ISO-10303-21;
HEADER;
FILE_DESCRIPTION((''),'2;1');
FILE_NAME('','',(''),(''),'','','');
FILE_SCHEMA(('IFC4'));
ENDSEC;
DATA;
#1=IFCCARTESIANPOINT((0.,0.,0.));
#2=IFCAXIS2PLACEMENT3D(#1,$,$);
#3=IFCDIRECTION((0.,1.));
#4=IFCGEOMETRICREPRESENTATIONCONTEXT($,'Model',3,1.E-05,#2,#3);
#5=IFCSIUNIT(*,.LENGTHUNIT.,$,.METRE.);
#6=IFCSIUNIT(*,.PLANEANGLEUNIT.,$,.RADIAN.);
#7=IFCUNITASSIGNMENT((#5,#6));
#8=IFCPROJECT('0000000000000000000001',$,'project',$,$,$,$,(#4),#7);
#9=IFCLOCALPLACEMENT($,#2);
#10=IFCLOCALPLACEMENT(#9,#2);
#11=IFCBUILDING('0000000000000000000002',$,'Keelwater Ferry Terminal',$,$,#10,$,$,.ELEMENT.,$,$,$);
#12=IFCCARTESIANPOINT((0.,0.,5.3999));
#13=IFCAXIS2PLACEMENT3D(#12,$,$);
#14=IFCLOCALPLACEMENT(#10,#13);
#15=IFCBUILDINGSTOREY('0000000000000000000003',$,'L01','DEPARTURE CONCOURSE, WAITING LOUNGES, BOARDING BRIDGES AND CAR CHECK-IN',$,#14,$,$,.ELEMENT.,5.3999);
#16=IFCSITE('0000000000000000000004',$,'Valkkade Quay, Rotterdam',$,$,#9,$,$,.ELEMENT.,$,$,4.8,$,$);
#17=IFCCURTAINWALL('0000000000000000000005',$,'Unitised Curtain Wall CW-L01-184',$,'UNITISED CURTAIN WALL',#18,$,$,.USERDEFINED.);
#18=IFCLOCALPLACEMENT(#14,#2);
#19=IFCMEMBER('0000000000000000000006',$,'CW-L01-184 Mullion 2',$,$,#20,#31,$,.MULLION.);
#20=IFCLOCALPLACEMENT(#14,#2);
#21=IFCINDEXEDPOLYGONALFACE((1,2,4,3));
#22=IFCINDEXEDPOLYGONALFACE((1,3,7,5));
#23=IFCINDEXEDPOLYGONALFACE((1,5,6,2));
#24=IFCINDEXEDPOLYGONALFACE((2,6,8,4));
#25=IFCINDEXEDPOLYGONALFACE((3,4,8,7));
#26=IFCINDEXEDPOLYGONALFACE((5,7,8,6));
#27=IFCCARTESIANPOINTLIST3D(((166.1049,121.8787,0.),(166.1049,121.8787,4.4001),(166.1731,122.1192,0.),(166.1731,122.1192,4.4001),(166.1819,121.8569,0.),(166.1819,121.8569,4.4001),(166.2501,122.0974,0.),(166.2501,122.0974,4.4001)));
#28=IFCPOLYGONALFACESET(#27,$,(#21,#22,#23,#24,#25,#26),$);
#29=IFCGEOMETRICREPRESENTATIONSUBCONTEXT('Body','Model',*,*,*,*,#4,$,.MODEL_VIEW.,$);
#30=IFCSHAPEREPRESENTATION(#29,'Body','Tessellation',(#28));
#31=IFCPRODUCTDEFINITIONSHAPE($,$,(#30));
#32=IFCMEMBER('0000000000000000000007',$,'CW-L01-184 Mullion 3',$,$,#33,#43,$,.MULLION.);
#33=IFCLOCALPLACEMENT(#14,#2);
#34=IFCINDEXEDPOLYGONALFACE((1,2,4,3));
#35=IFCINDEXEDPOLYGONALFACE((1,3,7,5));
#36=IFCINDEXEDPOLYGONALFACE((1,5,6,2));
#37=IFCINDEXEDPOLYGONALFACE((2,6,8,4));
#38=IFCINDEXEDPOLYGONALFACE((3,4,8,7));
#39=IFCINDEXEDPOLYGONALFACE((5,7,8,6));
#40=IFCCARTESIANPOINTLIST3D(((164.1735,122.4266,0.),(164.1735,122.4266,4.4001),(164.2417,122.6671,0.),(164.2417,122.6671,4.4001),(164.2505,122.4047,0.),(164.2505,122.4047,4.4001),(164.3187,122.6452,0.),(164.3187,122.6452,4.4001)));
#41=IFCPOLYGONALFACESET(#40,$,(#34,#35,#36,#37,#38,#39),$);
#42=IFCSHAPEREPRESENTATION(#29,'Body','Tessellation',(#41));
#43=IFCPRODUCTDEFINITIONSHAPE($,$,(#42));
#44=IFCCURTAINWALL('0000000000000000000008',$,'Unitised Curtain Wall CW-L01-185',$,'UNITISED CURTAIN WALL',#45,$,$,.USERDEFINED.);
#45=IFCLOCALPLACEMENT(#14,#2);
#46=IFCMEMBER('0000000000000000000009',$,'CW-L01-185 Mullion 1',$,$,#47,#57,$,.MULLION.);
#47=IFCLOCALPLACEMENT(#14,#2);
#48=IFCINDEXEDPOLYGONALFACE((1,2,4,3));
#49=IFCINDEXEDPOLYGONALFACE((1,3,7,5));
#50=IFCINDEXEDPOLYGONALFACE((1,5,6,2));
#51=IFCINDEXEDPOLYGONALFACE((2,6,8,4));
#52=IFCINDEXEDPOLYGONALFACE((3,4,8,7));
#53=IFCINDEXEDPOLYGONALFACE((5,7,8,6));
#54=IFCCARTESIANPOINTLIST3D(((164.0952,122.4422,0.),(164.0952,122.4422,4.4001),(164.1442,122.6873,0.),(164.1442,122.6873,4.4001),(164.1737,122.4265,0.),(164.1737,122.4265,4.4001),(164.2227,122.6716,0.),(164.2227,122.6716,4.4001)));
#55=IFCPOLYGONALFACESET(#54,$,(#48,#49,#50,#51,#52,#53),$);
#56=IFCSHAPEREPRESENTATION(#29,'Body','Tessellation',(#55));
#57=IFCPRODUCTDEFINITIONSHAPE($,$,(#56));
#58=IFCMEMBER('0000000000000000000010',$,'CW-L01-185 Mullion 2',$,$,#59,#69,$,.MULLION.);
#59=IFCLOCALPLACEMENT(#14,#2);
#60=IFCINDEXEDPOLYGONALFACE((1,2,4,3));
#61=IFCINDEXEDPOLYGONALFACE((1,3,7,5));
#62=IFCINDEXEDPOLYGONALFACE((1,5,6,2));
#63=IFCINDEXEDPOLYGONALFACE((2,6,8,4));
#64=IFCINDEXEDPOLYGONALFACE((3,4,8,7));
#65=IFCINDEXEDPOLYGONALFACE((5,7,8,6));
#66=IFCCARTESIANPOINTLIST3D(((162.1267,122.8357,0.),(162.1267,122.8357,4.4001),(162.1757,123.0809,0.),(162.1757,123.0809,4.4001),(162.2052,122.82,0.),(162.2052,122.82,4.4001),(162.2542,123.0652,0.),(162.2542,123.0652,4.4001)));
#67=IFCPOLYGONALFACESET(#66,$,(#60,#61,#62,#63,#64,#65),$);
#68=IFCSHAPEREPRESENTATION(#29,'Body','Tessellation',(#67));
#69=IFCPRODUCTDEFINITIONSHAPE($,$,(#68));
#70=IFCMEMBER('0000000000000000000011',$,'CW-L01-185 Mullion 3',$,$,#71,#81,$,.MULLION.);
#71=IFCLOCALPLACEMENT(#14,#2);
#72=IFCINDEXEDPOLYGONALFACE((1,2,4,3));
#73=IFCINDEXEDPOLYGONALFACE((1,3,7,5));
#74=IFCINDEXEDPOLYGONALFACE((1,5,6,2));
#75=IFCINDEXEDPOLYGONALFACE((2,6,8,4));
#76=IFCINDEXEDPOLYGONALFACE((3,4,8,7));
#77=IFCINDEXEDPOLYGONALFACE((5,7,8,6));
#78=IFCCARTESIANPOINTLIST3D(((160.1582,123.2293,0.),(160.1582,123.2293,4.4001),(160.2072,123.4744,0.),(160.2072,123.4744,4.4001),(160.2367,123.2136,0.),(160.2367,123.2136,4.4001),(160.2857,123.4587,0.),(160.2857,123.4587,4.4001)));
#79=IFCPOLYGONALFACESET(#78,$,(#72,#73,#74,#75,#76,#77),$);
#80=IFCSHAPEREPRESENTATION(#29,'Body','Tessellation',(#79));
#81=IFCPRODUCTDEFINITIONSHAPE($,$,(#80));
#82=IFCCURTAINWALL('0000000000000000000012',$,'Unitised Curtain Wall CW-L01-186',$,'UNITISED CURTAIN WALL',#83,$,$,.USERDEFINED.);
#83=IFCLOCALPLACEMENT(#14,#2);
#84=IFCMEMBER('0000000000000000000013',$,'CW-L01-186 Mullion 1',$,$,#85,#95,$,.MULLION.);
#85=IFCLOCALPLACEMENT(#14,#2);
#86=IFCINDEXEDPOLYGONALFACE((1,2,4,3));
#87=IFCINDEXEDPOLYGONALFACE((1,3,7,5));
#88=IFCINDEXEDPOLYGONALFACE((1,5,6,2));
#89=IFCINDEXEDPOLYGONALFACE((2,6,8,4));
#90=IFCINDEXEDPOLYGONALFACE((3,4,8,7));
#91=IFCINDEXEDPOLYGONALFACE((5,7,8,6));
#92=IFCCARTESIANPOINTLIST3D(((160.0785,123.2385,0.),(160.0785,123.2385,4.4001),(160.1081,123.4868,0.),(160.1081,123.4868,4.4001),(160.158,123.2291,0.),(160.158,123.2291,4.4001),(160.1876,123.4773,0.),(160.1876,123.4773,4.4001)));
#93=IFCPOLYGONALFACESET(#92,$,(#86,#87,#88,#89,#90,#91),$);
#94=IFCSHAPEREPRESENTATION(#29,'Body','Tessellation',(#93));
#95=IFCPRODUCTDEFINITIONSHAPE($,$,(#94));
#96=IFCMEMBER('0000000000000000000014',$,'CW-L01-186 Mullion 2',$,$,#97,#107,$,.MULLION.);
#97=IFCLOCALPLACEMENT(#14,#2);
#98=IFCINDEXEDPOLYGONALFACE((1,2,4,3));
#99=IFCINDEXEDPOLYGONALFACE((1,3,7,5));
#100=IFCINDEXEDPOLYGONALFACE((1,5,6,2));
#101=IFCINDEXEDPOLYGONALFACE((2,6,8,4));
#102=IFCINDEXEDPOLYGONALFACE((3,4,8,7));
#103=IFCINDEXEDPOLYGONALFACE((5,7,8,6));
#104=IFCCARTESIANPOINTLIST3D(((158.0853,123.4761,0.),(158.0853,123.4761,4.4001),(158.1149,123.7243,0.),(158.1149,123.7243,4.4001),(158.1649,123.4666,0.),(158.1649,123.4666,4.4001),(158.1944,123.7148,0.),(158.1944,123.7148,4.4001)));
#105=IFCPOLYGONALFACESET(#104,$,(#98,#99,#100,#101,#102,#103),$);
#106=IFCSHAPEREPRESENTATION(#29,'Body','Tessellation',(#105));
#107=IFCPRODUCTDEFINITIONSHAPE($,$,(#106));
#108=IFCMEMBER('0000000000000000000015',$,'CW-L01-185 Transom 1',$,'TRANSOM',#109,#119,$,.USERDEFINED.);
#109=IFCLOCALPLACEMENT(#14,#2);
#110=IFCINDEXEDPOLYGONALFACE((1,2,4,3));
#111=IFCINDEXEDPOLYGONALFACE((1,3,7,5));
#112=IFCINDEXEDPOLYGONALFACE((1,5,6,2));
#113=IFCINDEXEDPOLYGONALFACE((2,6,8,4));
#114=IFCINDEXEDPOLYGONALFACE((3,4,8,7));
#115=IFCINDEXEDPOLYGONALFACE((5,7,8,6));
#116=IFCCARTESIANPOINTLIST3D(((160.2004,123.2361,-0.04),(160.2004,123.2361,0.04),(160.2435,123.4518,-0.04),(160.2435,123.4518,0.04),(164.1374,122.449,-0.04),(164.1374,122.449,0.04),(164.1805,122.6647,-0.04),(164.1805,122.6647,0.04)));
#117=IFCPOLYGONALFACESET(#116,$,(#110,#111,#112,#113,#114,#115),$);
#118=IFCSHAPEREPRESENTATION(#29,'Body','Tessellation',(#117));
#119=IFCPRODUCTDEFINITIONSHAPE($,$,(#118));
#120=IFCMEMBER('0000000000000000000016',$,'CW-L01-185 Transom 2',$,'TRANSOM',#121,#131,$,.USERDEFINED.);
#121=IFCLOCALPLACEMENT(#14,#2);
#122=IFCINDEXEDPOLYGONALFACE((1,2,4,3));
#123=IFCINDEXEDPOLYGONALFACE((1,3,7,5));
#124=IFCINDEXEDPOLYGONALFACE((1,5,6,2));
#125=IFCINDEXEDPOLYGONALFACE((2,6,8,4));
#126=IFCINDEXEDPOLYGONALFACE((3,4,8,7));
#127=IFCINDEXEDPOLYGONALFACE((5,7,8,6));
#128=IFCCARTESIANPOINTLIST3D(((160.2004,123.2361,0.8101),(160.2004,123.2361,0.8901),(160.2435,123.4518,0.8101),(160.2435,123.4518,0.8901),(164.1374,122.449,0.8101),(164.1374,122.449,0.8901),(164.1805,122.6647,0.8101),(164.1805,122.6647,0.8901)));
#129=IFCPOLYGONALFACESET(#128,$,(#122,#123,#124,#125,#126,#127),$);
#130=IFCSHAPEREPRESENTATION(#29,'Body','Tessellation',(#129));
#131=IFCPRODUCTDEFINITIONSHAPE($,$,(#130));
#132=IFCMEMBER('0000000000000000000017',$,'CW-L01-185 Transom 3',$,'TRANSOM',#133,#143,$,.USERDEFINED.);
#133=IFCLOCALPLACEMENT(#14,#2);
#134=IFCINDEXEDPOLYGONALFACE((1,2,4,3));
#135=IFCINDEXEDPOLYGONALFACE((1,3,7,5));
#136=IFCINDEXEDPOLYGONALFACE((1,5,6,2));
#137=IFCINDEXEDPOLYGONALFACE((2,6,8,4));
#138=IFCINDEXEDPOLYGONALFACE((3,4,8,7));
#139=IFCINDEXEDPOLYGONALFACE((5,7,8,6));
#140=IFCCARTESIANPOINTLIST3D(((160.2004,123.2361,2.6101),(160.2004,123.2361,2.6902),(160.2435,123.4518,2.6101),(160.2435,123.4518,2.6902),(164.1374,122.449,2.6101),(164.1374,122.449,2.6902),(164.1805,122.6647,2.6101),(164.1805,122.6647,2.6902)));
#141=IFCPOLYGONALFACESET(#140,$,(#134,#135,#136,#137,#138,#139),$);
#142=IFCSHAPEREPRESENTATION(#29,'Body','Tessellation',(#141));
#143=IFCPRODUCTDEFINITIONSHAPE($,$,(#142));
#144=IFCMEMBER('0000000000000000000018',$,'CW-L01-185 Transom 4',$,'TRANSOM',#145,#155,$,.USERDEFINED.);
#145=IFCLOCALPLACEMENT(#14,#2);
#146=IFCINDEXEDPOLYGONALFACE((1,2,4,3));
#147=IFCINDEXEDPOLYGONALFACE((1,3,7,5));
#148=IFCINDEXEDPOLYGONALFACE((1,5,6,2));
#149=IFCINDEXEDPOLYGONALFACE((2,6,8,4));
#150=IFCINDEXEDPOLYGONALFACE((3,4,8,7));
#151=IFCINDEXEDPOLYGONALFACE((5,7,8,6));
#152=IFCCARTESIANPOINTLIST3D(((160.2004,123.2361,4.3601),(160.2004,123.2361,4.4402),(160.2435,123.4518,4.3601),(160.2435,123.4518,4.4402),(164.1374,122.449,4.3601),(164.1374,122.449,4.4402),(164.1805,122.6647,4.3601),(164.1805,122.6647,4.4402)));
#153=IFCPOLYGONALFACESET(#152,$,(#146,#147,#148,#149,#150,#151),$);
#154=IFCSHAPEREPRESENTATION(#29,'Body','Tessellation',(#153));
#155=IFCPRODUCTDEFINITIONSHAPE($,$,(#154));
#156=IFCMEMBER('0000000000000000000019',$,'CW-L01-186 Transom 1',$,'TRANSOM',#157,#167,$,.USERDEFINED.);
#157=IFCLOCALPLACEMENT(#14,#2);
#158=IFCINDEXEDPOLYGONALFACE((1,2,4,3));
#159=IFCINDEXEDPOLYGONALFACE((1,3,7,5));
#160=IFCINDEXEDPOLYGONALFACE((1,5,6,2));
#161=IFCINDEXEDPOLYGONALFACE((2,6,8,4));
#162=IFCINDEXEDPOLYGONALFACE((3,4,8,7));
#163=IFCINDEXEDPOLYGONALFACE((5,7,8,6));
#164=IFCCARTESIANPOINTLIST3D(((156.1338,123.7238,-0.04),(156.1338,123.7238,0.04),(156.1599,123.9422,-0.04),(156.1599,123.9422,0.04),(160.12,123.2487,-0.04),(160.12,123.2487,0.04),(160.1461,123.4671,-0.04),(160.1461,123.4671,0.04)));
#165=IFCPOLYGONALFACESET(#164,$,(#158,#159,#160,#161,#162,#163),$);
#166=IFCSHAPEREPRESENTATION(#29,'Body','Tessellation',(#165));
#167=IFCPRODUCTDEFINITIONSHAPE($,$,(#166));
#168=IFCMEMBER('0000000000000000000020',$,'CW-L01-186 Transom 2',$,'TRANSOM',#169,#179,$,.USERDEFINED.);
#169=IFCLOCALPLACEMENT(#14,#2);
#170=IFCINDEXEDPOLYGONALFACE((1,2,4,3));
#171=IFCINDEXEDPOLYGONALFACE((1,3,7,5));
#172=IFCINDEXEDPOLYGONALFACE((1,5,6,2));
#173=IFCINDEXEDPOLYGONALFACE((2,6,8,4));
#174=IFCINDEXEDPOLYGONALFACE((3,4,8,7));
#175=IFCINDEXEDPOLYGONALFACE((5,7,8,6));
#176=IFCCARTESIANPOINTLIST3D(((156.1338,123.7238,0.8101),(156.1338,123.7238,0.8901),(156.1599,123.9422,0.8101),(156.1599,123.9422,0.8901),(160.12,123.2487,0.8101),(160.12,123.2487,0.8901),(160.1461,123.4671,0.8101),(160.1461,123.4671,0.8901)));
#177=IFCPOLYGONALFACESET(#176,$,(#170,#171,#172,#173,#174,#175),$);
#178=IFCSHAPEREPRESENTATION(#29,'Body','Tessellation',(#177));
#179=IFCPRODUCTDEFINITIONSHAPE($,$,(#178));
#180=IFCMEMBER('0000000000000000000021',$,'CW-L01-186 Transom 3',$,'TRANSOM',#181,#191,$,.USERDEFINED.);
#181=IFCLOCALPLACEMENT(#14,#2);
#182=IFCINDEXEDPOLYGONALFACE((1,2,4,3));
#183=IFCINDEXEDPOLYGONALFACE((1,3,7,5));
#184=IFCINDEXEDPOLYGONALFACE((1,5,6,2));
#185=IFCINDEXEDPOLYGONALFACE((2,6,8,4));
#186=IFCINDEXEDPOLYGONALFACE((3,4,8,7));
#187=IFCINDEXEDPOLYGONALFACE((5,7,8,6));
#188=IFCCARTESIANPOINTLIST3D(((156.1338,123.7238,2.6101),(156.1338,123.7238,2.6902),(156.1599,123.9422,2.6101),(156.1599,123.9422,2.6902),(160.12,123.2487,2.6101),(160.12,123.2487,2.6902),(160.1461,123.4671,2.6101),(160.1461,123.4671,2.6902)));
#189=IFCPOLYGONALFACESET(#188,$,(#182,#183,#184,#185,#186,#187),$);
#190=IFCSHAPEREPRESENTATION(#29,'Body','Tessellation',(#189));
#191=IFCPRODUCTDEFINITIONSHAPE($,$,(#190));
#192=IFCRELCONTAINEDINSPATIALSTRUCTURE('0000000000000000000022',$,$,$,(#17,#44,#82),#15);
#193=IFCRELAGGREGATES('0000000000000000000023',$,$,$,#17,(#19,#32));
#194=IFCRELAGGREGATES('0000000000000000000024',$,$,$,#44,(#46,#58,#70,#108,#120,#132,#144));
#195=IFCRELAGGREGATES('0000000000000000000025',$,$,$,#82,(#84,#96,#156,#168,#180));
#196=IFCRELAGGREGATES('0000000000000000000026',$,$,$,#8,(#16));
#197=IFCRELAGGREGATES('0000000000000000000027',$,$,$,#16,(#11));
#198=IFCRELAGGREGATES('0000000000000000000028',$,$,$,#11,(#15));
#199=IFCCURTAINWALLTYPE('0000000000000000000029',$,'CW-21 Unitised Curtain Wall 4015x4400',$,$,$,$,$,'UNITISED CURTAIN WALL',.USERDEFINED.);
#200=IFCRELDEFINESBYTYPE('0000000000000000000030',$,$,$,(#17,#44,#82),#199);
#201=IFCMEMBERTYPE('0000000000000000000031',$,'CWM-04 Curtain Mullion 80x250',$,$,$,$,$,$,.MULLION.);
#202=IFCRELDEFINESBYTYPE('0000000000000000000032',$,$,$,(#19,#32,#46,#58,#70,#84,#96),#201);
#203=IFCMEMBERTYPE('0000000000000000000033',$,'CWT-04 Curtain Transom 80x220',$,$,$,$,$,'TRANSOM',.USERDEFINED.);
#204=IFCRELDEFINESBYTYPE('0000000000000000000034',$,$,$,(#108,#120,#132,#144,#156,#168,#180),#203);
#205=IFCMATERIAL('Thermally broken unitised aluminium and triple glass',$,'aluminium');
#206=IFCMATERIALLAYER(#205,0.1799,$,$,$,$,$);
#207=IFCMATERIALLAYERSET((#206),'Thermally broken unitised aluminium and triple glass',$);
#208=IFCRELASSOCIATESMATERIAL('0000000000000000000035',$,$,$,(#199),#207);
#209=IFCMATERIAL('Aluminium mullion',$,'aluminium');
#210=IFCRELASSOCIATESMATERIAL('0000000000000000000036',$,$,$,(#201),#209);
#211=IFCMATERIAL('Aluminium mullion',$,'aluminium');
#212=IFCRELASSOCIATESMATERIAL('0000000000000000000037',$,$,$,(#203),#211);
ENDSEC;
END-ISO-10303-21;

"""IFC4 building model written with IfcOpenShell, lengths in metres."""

from ifc_helpers import new_model, si_unit, direction, frame, origin, origin_2d, place, context, subcontext, project, spatial, rectangle, extrude, material, layer, layer_set, material_profile, profile_set, type_object, element, aggregate, save


model = new_model("IFC4")

# Units and contexts
model_context = context("Model", 3, precision=1e-05, world=origin(), true_north=direction((0.0, 1.0)))
body_context = subcontext(model_context, "Body", "Model", "MODEL_VIEW")
ifc_project = project(units=[si_unit("LENGTHUNIT", "METRE"), si_unit("PLANEANGLEUNIT", "RADIAN")], contexts=[model_context])

# Site, building, storey
site_placement = place(None, origin())
site = spatial("IfcSite", under=ifc_project, at=site_placement, Name="Valkkade Quay, Rotterdam", CompositionType="ELEMENT", RefElevation=4.8)
building_placement = place(site_placement, origin())
building = spatial("IfcBuilding", under=site, at=building_placement, Name="Keelwater Ferry Terminal", CompositionType="ELEMENT")
storey_placement = place(building_placement, frame((0.0, 0.0, 5.3999)))
storey = spatial("IfcBuildingStorey", under=building, at=storey_placement, Name="L01", Description="DEPARTURE CONCOURSE, WAITING LOUNGES, BOARDING BRIDGES AND CAR CHECK-IN", CompositionType="ELEMENT", Elevation=5.3999)

# Curtain walls, members
ifc_material_1 = material(Name="Thermally broken unitised aluminium and triple glass", Category="aluminium")
ifc_layer_1 = layer(ifc_material_1, 0.1799)
ifc_layer_set_1 = layer_set([ifc_layer_1], Name="Thermally broken unitised aluminium and triple glass")
curtain_wall_type = type_object("IfcCurtainWallType", Name="CW-21 Unitised Curtain Wall 4015x4400", ElementType="UNITISED CURTAIN WALL", PredefinedType="USERDEFINED", material=ifc_layer_set_1)
curtain_wall_1_placement = place(storey_placement, origin())
curtain_wall_1 = element("IfcCurtainWall", 1, at=curtain_wall_1_placement, inside=storey, type_object=curtain_wall_type, Name="Unitised Curtain Wall CW-L01-184", ObjectType="UNITISED CURTAIN WALL", PredefinedType="USERDEFINED")
ifc_material_2 = material(Name="Aluminium mullion", Category="aluminium")
ifc_material_profile_1 = material_profile(ifc_material_2, rectangle(XDim=0.0801, YDim=0.25, at=origin_2d()), Name="CWM-04")
ifc_profile_set_1 = profile_set([ifc_material_profile_1], Name="Aluminium mullion")
member_type_1 = type_object("IfcMemberType", Name="CWM-04 Curtain Mullion 80x250", PredefinedType="MULLION", material=ifc_profile_set_1)
member_1_placement = place(storey_placement, frame((166.1775, 121.988, 0.0), z_axis=(0.0, 0.0, 1.0), x_axis=(-0.96203, 0.272945, 0.0)))
member_1 = element("IfcMember", 2, at=member_1_placement, type_object=member_type_1, Name="CW-L01-184 Mullion 2", PredefinedType="MULLION", context=body_context, shape_type="SweptSolid", body=[
    extrude(rectangle(XDim=0.0801, YDim=0.25, at=origin_2d()), origin(), (0.0, 0.0, 1.0), 4.4001),
])
member_2_placement = place(storey_placement, frame((164.2461, 122.5359, 0.0), z_axis=(0.0, 0.0, 1.0), x_axis=(-0.96203, 0.272945, 0.0)))
member_2 = element("IfcMember", 3, at=member_2_placement, type_object=member_type_1, Name="CW-L01-184 Mullion 3", PredefinedType="MULLION", context=body_context, shape_type="SweptSolid", body=[
    extrude(rectangle(XDim=0.0801, YDim=0.25, at=origin_2d()), origin(), (0.0, 0.0, 1.0), 4.4001),
])
curtain_wall_2_placement = place(storey_placement, origin())
curtain_wall_2 = element("IfcCurtainWall", 4, at=curtain_wall_2_placement, inside=storey, type_object=curtain_wall_type, Name="Unitised Curtain Wall CW-L01-185", ObjectType="UNITISED CURTAIN WALL", PredefinedType="USERDEFINED")
member_3_placement = place(storey_placement, frame((164.1589, 122.5569, 0.0), z_axis=(0.0, 0.0, 1.0), x_axis=(-0.9806, 0.19602, 0.0)))
member_3 = element("IfcMember", 5, at=member_3_placement, type_object=member_type_1, Name="CW-L01-185 Mullion 1", PredefinedType="MULLION", context=body_context, shape_type="SweptSolid", body=[
    extrude(rectangle(XDim=0.0801, YDim=0.25, at=origin_2d()), origin(), (0.0, 0.0, 1.0), 4.4001),
])
member_4_placement = place(storey_placement, frame((162.1904, 122.9504, 0.0), z_axis=(0.0, 0.0, 1.0), x_axis=(-0.9806, 0.19602, 0.0)))
member_4 = element("IfcMember", 6, at=member_4_placement, type_object=member_type_1, Name="CW-L01-185 Mullion 2", PredefinedType="MULLION", context=body_context, shape_type="SweptSolid", body=[
    extrude(rectangle(XDim=0.0801, YDim=0.25, at=origin_2d()), origin(), (0.0, 0.0, 1.0), 4.4001),
])
member_5_placement = place(storey_placement, frame((160.2219, 123.344, 0.0), z_axis=(0.0, 0.0, 1.0), x_axis=(-0.9806, 0.19602, 0.0)))
member_5 = element("IfcMember", 7, at=member_5_placement, type_object=member_type_1, Name="CW-L01-185 Mullion 3", PredefinedType="MULLION", context=body_context, shape_type="SweptSolid", body=[
    extrude(rectangle(XDim=0.0801, YDim=0.25, at=origin_2d()), origin(), (0.0, 0.0, 1.0), 4.4001),
])
curtain_wall_3_placement = place(storey_placement, origin())
curtain_wall_3 = element("IfcCurtainWall", 8, at=curtain_wall_3_placement, inside=storey, type_object=curtain_wall_type, Name="Unitised Curtain Wall CW-L01-186", ObjectType="UNITISED CURTAIN WALL", PredefinedType="USERDEFINED")
member_6_placement = place(storey_placement, frame((160.1331, 123.3579, 0.0), z_axis=(0.0, 0.0, 1.0), x_axis=(-0.992974, 0.11833, 0.0)))
member_6 = element("IfcMember", 9, at=member_6_placement, type_object=member_type_1, Name="CW-L01-186 Mullion 1", PredefinedType="MULLION", context=body_context, shape_type="SweptSolid", body=[
    extrude(rectangle(XDim=0.0801, YDim=0.25, at=origin_2d()), origin(), (0.0, 0.0, 1.0), 4.4001),
])
member_7_placement = place(storey_placement, frame((158.1399, 123.5955, 0.0), z_axis=(0.0, 0.0, 1.0), x_axis=(-0.992974, 0.11833, 0.0)))
member_7 = element("IfcMember", 10, at=member_7_placement, type_object=member_type_1, Name="CW-L01-186 Mullion 2", PredefinedType="MULLION", context=body_context, shape_type="SweptSolid", body=[
    extrude(rectangle(XDim=0.0801, YDim=0.25, at=origin_2d()), origin(), (0.0, 0.0, 1.0), 4.4001),
])

# Members
ifc_material_3 = material(Name="Aluminium mullion", Category="aluminium")
ifc_material_profile_2 = material_profile(ifc_material_3, rectangle(XDim=0.22, YDim=0.0801, at=origin_2d()), Name="CWT-04")
ifc_profile_set_2 = profile_set([ifc_material_profile_2], Name="Aluminium mullion")
member_type_2 = type_object("IfcMemberType", Name="CWT-04 Curtain Transom 80x220", ElementType="TRANSOM", PredefinedType="USERDEFINED", material=ifc_profile_set_2)
member_8_placement = place(storey_placement, frame((164.1589, 122.5569, 0.0), z_axis=(-0.980595, 0.196046, 0.0), x_axis=(-0.196046, -0.980595, 0.0)))
member_8 = element("IfcMember", 11, at=member_8_placement, type_object=member_type_2, Name="CW-L01-185 Transom 1", ObjectType="TRANSOM", PredefinedType="USERDEFINED", context=body_context, shape_type="SweptSolid", body=[
    extrude(rectangle(XDim=0.22, YDim=0.0801, at=origin_2d()), origin(), (0.0, 0.0, 1.0), 4.0149),
])
member_9_placement = place(storey_placement, frame((164.1589, 122.5569, 0.8501), z_axis=(-0.980595, 0.196046, 0.0), x_axis=(-0.196046, -0.980595, 0.0)))
member_9 = element("IfcMember", 12, at=member_9_placement, type_object=member_type_2, Name="CW-L01-185 Transom 2", ObjectType="TRANSOM", PredefinedType="USERDEFINED", context=body_context, shape_type="SweptSolid", body=[
    extrude(rectangle(XDim=0.22, YDim=0.0801, at=origin_2d()), origin(), (0.0, 0.0, 1.0), 4.0149),
])
member_10_placement = place(storey_placement, frame((164.1589, 122.5569, 2.6501), z_axis=(-0.980595, 0.196046, 0.0), x_axis=(-0.196046, -0.980595, 0.0)))
member_10 = element("IfcMember", 13, at=member_10_placement, type_object=member_type_2, Name="CW-L01-185 Transom 3", ObjectType="TRANSOM", PredefinedType="USERDEFINED", context=body_context, shape_type="SweptSolid", body=[
    extrude(rectangle(XDim=0.22, YDim=0.0801, at=origin_2d()), origin(), (0.0, 0.0, 1.0), 4.0149),
])
member_11_placement = place(storey_placement, frame((164.1589, 122.5569, 4.4001), z_axis=(-0.980595, 0.196046, 0.0), x_axis=(-0.196046, -0.980595, 0.0)))
member_11 = element("IfcMember", 14, at=member_11_placement, type_object=member_type_2, Name="CW-L01-185 Transom 4", ObjectType="TRANSOM", PredefinedType="USERDEFINED", context=body_context, shape_type="SweptSolid", body=[
    extrude(rectangle(XDim=0.22, YDim=0.0801, at=origin_2d()), origin(), (0.0, 0.0, 1.0), 4.0149),
])
member_12_placement = place(storey_placement, frame((160.1331, 123.3579, 0.0), z_axis=(-0.992972, 0.118351, 0.0), x_axis=(-0.118351, -0.992972, 0.0)))
member_12 = element("IfcMember", 15, at=member_12_placement, type_object=member_type_2, Name="CW-L01-186 Transom 1", ObjectType="TRANSOM", PredefinedType="USERDEFINED", context=body_context, shape_type="SweptSolid", body=[
    extrude(rectangle(XDim=0.22, YDim=0.0801, at=origin_2d()), origin(), (0.0, 0.0, 1.0), 4.0144),
])
member_13_placement = place(storey_placement, frame((160.1331, 123.3579, 0.8501), z_axis=(-0.992972, 0.118351, 0.0), x_axis=(-0.118351, -0.992972, 0.0)))
member_13 = element("IfcMember", 16, at=member_13_placement, type_object=member_type_2, Name="CW-L01-186 Transom 2", ObjectType="TRANSOM", PredefinedType="USERDEFINED", context=body_context, shape_type="SweptSolid", body=[
    extrude(rectangle(XDim=0.22, YDim=0.0801, at=origin_2d()), origin(), (0.0, 0.0, 1.0), 4.0144),
])
member_14_placement = place(storey_placement, frame((160.1331, 123.3579, 2.6501), z_axis=(-0.992972, 0.118351, 0.0), x_axis=(-0.118351, -0.992972, 0.0)))
member_14 = element("IfcMember", 17, at=member_14_placement, type_object=member_type_2, Name="CW-L01-186 Transom 3", ObjectType="TRANSOM", PredefinedType="USERDEFINED", context=body_context, shape_type="SweptSolid", body=[
    extrude(rectangle(XDim=0.22, YDim=0.0801, at=origin_2d()), origin(), (0.0, 0.0, 1.0), 4.0144),
])

aggregate(curtain_wall_1, [member_1, member_2])
aggregate(curtain_wall_2, [member_3, member_4, member_5, member_8, member_9, member_10, member_11])
aggregate(curtain_wall_3, [member_6, member_7, member_12, member_13, member_14])

save(model, "model.ifc")
